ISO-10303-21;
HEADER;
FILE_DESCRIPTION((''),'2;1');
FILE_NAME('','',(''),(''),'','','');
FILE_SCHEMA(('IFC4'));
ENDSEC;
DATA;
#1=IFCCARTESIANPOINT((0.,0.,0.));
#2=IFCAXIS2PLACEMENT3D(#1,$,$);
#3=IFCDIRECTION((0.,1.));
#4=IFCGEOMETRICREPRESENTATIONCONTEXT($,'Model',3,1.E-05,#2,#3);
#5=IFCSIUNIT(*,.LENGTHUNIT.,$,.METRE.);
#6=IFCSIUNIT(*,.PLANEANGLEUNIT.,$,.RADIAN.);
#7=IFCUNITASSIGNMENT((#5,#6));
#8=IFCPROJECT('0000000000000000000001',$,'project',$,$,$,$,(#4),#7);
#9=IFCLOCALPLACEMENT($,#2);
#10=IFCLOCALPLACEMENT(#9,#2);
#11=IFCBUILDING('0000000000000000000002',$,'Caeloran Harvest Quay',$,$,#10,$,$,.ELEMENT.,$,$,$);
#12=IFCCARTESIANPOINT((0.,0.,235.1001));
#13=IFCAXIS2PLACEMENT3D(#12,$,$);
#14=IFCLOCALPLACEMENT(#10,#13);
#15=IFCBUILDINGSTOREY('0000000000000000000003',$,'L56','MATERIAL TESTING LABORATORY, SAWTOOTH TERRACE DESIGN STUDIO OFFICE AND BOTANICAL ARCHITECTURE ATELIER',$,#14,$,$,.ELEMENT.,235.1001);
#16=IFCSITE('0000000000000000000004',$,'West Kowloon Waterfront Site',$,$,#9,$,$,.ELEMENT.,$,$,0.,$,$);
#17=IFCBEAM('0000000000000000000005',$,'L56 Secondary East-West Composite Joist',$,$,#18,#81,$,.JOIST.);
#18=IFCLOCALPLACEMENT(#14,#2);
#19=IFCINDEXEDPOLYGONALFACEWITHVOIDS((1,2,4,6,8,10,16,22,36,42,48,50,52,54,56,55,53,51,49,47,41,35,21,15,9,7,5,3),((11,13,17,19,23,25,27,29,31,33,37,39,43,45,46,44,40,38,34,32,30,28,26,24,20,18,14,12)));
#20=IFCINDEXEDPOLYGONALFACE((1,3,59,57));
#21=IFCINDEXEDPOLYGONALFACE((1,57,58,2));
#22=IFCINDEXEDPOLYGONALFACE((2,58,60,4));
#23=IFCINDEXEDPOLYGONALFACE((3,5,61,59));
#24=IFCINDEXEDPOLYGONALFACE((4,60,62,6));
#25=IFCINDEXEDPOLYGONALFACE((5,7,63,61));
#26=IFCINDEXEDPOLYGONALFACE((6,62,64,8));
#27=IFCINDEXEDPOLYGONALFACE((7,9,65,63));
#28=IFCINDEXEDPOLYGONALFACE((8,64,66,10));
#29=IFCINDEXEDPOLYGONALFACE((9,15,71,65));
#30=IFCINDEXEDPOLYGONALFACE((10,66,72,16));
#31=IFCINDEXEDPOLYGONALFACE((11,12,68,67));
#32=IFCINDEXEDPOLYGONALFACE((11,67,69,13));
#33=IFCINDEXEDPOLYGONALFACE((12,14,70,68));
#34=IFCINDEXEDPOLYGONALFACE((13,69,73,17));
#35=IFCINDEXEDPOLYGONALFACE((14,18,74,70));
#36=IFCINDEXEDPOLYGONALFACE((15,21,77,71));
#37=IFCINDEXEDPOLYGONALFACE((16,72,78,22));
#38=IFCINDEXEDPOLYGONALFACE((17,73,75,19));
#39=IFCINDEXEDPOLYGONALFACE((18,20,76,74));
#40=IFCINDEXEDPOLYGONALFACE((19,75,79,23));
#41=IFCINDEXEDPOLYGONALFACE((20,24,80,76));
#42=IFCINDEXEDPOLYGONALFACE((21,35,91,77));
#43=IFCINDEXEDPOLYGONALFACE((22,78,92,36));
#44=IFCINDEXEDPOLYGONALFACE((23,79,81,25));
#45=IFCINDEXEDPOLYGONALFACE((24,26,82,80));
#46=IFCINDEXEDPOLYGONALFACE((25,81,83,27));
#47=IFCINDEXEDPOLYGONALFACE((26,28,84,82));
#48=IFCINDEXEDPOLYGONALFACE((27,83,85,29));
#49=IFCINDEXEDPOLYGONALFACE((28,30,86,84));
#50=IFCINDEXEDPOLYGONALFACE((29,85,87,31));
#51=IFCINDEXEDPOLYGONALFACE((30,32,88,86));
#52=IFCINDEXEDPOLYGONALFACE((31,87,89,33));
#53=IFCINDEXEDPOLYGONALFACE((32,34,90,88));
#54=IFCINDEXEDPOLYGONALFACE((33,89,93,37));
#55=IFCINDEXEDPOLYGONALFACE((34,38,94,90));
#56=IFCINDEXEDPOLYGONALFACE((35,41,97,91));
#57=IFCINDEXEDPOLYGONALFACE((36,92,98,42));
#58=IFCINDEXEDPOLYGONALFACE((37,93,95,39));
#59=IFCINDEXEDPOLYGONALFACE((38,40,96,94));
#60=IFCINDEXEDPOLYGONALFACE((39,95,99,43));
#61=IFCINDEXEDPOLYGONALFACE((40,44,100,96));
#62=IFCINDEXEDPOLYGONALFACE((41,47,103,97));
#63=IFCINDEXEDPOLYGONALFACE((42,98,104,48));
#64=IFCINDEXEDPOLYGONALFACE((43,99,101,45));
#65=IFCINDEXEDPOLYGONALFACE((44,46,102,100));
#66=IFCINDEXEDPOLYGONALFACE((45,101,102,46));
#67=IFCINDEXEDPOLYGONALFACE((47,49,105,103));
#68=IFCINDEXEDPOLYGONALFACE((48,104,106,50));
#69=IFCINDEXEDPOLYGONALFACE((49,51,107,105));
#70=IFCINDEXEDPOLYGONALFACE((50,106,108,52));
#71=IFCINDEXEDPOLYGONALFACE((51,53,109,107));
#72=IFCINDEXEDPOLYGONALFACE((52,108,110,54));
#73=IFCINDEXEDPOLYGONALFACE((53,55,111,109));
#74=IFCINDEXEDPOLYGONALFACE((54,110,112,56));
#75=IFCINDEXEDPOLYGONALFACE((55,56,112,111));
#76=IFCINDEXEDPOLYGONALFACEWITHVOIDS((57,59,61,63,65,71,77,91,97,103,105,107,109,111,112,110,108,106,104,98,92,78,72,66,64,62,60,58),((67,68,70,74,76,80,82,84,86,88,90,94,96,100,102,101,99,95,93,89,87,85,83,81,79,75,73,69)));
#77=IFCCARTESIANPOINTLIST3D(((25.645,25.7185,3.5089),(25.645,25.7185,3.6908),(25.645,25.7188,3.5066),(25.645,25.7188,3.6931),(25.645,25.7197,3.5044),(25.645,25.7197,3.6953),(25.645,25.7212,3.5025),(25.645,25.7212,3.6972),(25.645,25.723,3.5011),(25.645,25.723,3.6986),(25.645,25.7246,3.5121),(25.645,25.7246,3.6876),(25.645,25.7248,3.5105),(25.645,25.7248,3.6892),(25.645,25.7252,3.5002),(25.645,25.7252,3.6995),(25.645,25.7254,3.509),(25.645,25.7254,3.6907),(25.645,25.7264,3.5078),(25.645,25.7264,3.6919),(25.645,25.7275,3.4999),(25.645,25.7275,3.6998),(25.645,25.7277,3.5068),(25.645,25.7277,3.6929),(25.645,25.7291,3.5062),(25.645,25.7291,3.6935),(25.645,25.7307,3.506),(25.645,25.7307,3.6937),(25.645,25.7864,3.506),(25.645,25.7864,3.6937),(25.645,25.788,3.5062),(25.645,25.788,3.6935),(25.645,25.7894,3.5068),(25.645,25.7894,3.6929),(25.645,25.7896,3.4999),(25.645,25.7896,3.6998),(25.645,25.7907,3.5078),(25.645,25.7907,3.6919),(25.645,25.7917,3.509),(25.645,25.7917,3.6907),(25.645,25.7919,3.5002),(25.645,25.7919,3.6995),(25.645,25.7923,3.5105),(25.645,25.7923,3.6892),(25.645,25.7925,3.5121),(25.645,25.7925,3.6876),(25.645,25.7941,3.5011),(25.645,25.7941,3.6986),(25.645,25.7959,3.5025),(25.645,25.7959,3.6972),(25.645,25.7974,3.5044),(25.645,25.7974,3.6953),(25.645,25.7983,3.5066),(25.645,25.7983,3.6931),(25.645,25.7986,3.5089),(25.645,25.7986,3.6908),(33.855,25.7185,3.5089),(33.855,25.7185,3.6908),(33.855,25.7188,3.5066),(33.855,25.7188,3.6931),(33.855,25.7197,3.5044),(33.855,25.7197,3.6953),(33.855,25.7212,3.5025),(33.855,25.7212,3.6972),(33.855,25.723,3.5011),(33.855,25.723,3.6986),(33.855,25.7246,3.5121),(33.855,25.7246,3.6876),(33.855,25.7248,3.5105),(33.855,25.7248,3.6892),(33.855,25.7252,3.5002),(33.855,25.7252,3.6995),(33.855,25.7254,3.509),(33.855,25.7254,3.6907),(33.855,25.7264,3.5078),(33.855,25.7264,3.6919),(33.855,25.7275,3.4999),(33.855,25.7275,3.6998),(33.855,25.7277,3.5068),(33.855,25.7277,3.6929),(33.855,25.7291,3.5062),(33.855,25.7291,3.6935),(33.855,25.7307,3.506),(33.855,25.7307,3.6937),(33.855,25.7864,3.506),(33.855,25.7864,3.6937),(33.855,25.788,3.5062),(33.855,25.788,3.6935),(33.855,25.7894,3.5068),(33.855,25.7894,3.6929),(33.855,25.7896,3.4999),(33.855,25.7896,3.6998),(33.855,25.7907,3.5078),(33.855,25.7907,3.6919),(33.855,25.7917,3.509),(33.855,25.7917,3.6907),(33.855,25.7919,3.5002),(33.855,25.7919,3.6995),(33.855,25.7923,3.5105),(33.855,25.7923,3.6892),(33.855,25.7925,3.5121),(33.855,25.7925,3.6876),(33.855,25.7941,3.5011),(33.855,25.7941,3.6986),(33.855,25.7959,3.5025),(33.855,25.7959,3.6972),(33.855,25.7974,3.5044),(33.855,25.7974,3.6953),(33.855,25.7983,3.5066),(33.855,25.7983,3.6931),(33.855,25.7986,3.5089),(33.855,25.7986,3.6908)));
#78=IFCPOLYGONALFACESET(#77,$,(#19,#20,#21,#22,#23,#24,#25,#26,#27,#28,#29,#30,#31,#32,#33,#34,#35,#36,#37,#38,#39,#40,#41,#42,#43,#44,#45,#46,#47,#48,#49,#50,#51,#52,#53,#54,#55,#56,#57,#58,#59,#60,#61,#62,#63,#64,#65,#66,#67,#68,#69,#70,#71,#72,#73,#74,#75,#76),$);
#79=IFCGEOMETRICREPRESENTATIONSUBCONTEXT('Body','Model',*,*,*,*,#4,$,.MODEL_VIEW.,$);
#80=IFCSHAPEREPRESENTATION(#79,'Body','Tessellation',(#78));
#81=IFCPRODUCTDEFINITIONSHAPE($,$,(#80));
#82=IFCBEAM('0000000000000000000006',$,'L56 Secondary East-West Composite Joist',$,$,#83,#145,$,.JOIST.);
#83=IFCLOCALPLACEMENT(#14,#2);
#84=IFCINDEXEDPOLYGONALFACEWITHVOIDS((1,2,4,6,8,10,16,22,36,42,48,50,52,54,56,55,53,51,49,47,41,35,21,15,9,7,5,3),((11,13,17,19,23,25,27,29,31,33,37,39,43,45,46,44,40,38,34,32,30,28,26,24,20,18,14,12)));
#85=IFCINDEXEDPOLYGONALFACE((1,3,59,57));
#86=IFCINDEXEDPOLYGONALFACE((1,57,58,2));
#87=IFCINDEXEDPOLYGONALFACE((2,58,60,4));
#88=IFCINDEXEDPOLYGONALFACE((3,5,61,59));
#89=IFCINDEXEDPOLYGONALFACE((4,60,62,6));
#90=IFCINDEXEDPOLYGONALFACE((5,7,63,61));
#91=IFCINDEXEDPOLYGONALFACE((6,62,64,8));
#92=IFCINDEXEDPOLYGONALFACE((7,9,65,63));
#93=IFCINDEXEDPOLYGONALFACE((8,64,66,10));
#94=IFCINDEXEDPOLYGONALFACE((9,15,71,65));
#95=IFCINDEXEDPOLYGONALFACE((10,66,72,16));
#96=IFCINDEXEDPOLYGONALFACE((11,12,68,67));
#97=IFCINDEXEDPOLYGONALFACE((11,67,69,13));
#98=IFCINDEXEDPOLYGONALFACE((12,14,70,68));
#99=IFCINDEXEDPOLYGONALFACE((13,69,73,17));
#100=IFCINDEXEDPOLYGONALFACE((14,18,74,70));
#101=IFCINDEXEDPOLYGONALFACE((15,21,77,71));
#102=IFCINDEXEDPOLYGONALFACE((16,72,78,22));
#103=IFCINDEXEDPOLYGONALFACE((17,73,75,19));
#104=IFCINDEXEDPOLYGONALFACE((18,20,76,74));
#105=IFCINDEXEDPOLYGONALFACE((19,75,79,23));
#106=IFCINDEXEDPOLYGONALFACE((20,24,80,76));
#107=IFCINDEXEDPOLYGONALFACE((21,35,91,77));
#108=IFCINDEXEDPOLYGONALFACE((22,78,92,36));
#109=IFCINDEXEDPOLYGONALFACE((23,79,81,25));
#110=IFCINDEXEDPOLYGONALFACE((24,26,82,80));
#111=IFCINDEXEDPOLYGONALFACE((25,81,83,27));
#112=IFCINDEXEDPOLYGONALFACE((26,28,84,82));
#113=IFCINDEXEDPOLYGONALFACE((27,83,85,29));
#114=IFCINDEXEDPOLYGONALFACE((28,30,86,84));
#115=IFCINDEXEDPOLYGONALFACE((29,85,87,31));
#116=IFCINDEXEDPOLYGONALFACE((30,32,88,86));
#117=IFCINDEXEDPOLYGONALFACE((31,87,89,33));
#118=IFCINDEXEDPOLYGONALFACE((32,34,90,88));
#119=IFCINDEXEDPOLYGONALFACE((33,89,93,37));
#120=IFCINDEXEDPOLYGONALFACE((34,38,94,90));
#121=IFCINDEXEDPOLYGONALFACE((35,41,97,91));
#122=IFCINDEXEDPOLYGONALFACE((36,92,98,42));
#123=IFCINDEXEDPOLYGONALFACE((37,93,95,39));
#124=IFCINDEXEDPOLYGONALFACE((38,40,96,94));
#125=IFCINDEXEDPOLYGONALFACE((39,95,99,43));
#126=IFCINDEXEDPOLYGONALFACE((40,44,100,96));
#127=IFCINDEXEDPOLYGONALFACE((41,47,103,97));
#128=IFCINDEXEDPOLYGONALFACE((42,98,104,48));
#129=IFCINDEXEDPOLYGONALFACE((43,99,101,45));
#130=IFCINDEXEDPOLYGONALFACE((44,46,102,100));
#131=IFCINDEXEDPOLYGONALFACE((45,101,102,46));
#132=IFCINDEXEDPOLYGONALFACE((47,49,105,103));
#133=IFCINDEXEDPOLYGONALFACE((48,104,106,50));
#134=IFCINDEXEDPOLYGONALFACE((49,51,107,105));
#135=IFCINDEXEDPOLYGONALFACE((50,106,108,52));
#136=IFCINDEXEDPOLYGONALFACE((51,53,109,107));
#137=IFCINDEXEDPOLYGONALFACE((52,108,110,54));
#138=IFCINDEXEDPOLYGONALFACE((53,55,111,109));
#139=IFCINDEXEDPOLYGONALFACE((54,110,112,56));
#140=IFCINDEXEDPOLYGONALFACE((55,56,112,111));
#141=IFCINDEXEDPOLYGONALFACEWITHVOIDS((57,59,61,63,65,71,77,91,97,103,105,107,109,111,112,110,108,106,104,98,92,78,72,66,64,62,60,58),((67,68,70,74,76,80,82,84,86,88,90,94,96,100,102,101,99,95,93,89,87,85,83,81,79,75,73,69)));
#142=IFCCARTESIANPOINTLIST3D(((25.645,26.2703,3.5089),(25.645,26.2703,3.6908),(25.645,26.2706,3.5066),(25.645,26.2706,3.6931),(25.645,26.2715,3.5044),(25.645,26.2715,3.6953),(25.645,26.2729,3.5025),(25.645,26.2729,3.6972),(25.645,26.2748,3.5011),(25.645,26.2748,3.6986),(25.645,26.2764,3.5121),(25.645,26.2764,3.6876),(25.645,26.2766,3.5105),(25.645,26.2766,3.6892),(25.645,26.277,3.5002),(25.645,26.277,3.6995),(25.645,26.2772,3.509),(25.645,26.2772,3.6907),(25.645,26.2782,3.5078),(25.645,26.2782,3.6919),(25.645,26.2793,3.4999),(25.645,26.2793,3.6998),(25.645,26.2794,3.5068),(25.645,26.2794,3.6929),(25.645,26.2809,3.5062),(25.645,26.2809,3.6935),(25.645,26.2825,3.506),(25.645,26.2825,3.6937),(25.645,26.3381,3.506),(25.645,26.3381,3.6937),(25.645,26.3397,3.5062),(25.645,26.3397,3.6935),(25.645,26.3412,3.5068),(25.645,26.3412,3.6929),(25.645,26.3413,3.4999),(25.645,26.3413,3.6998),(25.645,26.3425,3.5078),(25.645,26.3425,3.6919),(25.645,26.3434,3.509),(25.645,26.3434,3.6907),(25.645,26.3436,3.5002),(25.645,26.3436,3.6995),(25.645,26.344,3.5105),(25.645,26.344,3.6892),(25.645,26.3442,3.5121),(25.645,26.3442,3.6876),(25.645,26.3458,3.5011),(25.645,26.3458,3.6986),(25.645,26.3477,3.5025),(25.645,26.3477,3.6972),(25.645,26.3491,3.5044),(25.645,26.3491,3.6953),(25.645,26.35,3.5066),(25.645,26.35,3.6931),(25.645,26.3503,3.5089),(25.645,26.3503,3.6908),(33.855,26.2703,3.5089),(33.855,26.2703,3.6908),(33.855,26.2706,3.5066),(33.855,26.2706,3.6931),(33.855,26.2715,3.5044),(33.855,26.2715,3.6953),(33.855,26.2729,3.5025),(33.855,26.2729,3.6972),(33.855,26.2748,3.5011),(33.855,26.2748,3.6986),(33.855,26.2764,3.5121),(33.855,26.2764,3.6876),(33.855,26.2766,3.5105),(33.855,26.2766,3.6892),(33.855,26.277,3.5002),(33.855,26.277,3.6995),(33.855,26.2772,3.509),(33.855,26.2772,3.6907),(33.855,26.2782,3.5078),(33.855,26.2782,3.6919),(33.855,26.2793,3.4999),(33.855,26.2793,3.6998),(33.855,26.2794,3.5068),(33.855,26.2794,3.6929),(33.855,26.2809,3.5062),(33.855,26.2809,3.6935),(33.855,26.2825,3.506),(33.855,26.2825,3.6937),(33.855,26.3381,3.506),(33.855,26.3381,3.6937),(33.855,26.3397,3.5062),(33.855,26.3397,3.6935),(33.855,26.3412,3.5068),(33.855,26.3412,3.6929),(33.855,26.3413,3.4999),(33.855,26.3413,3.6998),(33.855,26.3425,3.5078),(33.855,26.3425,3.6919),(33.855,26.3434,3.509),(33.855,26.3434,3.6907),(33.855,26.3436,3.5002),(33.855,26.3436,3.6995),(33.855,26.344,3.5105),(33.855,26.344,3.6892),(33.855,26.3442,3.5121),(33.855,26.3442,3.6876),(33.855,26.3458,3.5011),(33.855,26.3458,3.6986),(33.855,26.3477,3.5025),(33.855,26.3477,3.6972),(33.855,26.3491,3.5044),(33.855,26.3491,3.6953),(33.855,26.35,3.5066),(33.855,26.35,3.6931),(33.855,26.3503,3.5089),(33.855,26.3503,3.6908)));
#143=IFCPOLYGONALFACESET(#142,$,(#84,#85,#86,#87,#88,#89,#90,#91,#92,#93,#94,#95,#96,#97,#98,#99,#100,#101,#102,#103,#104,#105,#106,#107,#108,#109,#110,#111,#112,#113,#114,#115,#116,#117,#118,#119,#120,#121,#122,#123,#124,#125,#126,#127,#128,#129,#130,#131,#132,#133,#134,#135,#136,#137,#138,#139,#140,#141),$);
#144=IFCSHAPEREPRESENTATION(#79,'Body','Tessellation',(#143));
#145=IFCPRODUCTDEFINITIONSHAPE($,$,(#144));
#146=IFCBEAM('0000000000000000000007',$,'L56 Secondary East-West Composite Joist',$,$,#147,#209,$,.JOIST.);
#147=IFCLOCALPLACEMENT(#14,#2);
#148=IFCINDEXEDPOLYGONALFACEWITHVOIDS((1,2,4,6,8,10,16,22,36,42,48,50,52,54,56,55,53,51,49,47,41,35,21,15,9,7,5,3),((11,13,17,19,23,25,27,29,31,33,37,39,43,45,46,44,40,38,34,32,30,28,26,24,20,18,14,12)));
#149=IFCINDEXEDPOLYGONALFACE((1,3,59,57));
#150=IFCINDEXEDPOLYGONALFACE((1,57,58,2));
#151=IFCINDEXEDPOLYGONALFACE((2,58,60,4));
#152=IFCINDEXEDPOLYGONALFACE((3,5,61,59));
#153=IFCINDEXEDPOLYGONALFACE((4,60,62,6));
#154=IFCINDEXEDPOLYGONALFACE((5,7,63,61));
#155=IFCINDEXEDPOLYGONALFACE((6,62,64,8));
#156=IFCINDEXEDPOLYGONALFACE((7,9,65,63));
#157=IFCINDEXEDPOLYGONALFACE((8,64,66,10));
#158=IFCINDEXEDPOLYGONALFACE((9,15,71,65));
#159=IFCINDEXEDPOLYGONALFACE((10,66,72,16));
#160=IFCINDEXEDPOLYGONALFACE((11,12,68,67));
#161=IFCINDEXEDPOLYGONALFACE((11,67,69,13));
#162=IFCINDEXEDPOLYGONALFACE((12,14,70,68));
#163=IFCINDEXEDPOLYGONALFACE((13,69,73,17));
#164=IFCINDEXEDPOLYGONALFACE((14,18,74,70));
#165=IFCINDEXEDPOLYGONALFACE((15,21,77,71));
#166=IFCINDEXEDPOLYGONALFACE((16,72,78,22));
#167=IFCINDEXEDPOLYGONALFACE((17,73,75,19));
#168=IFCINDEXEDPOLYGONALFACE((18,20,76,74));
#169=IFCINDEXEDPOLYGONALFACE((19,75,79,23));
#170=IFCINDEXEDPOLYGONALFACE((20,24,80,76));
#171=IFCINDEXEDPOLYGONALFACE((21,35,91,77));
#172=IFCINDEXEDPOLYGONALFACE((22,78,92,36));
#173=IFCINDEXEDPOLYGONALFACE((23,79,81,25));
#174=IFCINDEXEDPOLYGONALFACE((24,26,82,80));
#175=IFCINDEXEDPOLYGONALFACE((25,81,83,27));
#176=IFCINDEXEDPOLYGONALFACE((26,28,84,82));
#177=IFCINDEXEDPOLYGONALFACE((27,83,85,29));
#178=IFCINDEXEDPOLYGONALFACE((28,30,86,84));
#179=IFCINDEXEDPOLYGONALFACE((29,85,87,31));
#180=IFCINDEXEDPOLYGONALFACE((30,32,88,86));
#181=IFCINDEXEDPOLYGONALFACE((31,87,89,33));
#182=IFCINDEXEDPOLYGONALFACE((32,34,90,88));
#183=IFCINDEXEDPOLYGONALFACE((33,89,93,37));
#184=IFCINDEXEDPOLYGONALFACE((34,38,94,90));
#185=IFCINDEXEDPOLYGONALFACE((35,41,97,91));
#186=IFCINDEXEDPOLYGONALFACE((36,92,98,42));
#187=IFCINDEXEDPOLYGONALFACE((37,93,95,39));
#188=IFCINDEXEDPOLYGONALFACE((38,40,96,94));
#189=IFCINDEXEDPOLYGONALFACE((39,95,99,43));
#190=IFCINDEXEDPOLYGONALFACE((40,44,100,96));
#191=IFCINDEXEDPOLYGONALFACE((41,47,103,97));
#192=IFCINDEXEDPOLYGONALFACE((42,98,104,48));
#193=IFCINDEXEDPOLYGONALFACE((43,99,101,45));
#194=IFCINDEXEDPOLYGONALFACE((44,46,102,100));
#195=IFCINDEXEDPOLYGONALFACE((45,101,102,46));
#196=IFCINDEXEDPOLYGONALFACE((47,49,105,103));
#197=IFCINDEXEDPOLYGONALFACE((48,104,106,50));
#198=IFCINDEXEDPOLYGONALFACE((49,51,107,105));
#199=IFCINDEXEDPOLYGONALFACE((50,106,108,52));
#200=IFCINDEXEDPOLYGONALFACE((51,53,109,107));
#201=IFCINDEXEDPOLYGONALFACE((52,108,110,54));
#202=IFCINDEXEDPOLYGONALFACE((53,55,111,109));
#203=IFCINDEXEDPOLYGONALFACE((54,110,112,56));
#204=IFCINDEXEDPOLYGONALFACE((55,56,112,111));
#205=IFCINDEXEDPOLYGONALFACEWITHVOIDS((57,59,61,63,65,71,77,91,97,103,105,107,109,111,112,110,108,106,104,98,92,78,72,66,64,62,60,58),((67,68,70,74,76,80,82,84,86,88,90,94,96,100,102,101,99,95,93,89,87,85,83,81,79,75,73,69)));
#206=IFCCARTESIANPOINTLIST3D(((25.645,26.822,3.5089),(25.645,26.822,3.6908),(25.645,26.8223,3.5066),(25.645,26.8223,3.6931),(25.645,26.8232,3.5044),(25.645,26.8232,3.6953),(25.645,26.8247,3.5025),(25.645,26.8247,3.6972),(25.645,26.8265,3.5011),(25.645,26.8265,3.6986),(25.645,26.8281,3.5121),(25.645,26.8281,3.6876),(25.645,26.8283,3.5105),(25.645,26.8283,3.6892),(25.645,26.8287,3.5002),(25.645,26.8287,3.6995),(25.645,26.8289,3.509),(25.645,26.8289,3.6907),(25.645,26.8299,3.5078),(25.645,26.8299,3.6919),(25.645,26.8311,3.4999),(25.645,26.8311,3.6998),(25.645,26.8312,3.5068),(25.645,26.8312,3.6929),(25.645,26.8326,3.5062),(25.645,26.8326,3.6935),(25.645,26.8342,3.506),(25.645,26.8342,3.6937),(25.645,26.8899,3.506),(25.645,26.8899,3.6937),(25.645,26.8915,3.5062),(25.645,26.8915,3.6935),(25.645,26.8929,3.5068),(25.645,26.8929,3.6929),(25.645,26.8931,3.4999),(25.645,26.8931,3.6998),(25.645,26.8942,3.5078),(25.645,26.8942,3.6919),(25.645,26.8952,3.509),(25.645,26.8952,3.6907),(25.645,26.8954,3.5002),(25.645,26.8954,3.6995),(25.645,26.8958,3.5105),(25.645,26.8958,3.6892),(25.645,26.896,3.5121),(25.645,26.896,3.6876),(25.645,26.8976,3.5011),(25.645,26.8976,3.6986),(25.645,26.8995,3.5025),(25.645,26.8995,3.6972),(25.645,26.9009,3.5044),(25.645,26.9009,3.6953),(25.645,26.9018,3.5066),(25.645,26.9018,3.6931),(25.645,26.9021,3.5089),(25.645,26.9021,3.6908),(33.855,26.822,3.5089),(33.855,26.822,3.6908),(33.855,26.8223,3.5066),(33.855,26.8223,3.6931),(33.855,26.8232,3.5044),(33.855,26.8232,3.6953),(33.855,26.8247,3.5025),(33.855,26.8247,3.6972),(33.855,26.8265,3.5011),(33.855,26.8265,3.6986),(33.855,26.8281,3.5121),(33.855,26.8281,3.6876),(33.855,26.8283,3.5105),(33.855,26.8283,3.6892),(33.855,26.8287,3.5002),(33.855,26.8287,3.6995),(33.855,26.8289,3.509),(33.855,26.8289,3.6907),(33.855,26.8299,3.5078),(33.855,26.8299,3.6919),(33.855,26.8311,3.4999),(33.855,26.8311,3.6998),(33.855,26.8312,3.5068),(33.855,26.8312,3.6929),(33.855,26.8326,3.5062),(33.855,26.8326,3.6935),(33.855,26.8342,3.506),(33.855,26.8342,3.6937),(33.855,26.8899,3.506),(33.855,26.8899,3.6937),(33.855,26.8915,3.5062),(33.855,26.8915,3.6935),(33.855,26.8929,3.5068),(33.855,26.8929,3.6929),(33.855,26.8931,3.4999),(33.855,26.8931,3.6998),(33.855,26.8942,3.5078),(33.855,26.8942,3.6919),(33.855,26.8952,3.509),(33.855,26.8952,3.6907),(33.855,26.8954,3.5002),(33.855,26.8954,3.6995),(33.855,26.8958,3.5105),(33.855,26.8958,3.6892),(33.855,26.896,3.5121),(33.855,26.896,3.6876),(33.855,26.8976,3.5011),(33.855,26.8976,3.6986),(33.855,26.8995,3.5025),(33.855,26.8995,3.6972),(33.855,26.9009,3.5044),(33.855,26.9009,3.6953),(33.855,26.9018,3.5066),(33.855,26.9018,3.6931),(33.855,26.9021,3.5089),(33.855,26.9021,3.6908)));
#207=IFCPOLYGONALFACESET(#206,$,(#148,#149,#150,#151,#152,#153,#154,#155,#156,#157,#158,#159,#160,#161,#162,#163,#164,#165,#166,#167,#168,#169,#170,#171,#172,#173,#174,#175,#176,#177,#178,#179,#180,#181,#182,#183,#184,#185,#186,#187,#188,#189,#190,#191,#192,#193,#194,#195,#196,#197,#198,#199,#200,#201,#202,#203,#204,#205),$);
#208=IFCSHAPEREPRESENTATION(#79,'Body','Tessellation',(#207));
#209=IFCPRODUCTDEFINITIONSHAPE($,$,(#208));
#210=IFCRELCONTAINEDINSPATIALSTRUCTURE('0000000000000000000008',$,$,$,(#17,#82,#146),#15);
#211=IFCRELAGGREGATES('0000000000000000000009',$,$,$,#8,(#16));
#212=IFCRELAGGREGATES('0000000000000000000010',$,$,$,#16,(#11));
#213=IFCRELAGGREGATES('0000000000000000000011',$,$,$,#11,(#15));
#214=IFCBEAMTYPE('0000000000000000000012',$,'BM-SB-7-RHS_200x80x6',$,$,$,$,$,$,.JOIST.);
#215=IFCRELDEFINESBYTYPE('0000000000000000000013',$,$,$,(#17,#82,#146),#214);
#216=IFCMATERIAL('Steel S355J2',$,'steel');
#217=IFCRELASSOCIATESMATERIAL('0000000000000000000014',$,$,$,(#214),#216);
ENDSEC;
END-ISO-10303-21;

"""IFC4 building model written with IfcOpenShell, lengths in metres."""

from ifc_helpers import new_model, si_unit, direction, frame, origin, origin_2d, place, context, subcontext, project, spatial, hollow_rectangle, extrude, material, material_profile, profile_set, type_object, element, save


model = new_model("IFC4")

# Units and contexts
model_context = context("Model", 3, precision=1e-05, world=origin(), true_north=direction((0.0, 1.0)))
body_context = subcontext(model_context, "Body", "Model", "MODEL_VIEW")
ifc_project = project(units=[si_unit("LENGTHUNIT", "METRE"), si_unit("PLANEANGLEUNIT", "RADIAN")], contexts=[model_context])

# Site, building, storey
site_placement = place(None, origin())
site = spatial("IfcSite", under=ifc_project, at=site_placement, Name="West Kowloon Waterfront Site", CompositionType="ELEMENT", RefElevation=0.0)
building_placement = place(site_placement, origin())
building = spatial("IfcBuilding", under=site, at=building_placement, Name="Caeloran Harvest Quay", CompositionType="ELEMENT")
storey_placement = place(building_placement, frame((0.0, 0.0, 235.1001)))
storey = spatial("IfcBuildingStorey", under=building, at=storey_placement, Name="L56", Description="MATERIAL TESTING LABORATORY, SAWTOOTH TERRACE DESIGN STUDIO OFFICE AND BOTANICAL ARCHITECTURE ATELIER", CompositionType="ELEMENT", Elevation=235.1001)

# Beams
ifc_material = material(Name="Steel S355J2", Category="steel")
ifc_material_profile_1 = material_profile(ifc_material, hollow_rectangle(XDim=0.0801, YDim=0.2, WallThickness=0.0061, InnerFilletRadius=0.0061, OuterFilletRadius=0.009, at=origin_2d()), Name="RHS 200x80x6")
ifc_profile_set_1 = profile_set([ifc_material_profile_1], Name="Steel S355J2")
beam_type_1 = type_object("IfcBeamType", Name="BM-SB-7-RHS_200x80x6", PredefinedType="JOIST", material=ifc_profile_set_1)
for number, where, z_axis, x_axis, name in (
    (1, (25.645, 25.7585, 3.5999), (1.0, 0.0, 0.0), (0.0, 1.0, 0.0), "L56 Secondary East-West Composite Joist"),
    (2, (25.645, 26.3103, 3.5999), (1.0, 0.0, 0.0), (0.0, 1.0, 0.0), "L56 Secondary East-West Composite Joist"),
    (3, (25.645, 26.8621, 3.5999), (1.0, 0.0, 0.0), (0.0, 1.0, 0.0), "L56 Secondary East-West Composite Joist"),
):
    element("IfcBeam", number, at=place(storey_placement, frame(where, z_axis=z_axis, x_axis=x_axis)), inside=storey, type_object=beam_type_1, Name=name, PredefinedType="JOIST", context=body_context, shape_type="SweptSolid", body=[
        extrude(hollow_rectangle(XDim=0.0801, YDim=0.2, WallThickness=0.0061, InnerFilletRadius=0.0061, OuterFilletRadius=0.009, at=origin_2d()), origin(), (0.0, 0.0, 1.0), 8.21),
    ])

save(model, "model.ifc")
